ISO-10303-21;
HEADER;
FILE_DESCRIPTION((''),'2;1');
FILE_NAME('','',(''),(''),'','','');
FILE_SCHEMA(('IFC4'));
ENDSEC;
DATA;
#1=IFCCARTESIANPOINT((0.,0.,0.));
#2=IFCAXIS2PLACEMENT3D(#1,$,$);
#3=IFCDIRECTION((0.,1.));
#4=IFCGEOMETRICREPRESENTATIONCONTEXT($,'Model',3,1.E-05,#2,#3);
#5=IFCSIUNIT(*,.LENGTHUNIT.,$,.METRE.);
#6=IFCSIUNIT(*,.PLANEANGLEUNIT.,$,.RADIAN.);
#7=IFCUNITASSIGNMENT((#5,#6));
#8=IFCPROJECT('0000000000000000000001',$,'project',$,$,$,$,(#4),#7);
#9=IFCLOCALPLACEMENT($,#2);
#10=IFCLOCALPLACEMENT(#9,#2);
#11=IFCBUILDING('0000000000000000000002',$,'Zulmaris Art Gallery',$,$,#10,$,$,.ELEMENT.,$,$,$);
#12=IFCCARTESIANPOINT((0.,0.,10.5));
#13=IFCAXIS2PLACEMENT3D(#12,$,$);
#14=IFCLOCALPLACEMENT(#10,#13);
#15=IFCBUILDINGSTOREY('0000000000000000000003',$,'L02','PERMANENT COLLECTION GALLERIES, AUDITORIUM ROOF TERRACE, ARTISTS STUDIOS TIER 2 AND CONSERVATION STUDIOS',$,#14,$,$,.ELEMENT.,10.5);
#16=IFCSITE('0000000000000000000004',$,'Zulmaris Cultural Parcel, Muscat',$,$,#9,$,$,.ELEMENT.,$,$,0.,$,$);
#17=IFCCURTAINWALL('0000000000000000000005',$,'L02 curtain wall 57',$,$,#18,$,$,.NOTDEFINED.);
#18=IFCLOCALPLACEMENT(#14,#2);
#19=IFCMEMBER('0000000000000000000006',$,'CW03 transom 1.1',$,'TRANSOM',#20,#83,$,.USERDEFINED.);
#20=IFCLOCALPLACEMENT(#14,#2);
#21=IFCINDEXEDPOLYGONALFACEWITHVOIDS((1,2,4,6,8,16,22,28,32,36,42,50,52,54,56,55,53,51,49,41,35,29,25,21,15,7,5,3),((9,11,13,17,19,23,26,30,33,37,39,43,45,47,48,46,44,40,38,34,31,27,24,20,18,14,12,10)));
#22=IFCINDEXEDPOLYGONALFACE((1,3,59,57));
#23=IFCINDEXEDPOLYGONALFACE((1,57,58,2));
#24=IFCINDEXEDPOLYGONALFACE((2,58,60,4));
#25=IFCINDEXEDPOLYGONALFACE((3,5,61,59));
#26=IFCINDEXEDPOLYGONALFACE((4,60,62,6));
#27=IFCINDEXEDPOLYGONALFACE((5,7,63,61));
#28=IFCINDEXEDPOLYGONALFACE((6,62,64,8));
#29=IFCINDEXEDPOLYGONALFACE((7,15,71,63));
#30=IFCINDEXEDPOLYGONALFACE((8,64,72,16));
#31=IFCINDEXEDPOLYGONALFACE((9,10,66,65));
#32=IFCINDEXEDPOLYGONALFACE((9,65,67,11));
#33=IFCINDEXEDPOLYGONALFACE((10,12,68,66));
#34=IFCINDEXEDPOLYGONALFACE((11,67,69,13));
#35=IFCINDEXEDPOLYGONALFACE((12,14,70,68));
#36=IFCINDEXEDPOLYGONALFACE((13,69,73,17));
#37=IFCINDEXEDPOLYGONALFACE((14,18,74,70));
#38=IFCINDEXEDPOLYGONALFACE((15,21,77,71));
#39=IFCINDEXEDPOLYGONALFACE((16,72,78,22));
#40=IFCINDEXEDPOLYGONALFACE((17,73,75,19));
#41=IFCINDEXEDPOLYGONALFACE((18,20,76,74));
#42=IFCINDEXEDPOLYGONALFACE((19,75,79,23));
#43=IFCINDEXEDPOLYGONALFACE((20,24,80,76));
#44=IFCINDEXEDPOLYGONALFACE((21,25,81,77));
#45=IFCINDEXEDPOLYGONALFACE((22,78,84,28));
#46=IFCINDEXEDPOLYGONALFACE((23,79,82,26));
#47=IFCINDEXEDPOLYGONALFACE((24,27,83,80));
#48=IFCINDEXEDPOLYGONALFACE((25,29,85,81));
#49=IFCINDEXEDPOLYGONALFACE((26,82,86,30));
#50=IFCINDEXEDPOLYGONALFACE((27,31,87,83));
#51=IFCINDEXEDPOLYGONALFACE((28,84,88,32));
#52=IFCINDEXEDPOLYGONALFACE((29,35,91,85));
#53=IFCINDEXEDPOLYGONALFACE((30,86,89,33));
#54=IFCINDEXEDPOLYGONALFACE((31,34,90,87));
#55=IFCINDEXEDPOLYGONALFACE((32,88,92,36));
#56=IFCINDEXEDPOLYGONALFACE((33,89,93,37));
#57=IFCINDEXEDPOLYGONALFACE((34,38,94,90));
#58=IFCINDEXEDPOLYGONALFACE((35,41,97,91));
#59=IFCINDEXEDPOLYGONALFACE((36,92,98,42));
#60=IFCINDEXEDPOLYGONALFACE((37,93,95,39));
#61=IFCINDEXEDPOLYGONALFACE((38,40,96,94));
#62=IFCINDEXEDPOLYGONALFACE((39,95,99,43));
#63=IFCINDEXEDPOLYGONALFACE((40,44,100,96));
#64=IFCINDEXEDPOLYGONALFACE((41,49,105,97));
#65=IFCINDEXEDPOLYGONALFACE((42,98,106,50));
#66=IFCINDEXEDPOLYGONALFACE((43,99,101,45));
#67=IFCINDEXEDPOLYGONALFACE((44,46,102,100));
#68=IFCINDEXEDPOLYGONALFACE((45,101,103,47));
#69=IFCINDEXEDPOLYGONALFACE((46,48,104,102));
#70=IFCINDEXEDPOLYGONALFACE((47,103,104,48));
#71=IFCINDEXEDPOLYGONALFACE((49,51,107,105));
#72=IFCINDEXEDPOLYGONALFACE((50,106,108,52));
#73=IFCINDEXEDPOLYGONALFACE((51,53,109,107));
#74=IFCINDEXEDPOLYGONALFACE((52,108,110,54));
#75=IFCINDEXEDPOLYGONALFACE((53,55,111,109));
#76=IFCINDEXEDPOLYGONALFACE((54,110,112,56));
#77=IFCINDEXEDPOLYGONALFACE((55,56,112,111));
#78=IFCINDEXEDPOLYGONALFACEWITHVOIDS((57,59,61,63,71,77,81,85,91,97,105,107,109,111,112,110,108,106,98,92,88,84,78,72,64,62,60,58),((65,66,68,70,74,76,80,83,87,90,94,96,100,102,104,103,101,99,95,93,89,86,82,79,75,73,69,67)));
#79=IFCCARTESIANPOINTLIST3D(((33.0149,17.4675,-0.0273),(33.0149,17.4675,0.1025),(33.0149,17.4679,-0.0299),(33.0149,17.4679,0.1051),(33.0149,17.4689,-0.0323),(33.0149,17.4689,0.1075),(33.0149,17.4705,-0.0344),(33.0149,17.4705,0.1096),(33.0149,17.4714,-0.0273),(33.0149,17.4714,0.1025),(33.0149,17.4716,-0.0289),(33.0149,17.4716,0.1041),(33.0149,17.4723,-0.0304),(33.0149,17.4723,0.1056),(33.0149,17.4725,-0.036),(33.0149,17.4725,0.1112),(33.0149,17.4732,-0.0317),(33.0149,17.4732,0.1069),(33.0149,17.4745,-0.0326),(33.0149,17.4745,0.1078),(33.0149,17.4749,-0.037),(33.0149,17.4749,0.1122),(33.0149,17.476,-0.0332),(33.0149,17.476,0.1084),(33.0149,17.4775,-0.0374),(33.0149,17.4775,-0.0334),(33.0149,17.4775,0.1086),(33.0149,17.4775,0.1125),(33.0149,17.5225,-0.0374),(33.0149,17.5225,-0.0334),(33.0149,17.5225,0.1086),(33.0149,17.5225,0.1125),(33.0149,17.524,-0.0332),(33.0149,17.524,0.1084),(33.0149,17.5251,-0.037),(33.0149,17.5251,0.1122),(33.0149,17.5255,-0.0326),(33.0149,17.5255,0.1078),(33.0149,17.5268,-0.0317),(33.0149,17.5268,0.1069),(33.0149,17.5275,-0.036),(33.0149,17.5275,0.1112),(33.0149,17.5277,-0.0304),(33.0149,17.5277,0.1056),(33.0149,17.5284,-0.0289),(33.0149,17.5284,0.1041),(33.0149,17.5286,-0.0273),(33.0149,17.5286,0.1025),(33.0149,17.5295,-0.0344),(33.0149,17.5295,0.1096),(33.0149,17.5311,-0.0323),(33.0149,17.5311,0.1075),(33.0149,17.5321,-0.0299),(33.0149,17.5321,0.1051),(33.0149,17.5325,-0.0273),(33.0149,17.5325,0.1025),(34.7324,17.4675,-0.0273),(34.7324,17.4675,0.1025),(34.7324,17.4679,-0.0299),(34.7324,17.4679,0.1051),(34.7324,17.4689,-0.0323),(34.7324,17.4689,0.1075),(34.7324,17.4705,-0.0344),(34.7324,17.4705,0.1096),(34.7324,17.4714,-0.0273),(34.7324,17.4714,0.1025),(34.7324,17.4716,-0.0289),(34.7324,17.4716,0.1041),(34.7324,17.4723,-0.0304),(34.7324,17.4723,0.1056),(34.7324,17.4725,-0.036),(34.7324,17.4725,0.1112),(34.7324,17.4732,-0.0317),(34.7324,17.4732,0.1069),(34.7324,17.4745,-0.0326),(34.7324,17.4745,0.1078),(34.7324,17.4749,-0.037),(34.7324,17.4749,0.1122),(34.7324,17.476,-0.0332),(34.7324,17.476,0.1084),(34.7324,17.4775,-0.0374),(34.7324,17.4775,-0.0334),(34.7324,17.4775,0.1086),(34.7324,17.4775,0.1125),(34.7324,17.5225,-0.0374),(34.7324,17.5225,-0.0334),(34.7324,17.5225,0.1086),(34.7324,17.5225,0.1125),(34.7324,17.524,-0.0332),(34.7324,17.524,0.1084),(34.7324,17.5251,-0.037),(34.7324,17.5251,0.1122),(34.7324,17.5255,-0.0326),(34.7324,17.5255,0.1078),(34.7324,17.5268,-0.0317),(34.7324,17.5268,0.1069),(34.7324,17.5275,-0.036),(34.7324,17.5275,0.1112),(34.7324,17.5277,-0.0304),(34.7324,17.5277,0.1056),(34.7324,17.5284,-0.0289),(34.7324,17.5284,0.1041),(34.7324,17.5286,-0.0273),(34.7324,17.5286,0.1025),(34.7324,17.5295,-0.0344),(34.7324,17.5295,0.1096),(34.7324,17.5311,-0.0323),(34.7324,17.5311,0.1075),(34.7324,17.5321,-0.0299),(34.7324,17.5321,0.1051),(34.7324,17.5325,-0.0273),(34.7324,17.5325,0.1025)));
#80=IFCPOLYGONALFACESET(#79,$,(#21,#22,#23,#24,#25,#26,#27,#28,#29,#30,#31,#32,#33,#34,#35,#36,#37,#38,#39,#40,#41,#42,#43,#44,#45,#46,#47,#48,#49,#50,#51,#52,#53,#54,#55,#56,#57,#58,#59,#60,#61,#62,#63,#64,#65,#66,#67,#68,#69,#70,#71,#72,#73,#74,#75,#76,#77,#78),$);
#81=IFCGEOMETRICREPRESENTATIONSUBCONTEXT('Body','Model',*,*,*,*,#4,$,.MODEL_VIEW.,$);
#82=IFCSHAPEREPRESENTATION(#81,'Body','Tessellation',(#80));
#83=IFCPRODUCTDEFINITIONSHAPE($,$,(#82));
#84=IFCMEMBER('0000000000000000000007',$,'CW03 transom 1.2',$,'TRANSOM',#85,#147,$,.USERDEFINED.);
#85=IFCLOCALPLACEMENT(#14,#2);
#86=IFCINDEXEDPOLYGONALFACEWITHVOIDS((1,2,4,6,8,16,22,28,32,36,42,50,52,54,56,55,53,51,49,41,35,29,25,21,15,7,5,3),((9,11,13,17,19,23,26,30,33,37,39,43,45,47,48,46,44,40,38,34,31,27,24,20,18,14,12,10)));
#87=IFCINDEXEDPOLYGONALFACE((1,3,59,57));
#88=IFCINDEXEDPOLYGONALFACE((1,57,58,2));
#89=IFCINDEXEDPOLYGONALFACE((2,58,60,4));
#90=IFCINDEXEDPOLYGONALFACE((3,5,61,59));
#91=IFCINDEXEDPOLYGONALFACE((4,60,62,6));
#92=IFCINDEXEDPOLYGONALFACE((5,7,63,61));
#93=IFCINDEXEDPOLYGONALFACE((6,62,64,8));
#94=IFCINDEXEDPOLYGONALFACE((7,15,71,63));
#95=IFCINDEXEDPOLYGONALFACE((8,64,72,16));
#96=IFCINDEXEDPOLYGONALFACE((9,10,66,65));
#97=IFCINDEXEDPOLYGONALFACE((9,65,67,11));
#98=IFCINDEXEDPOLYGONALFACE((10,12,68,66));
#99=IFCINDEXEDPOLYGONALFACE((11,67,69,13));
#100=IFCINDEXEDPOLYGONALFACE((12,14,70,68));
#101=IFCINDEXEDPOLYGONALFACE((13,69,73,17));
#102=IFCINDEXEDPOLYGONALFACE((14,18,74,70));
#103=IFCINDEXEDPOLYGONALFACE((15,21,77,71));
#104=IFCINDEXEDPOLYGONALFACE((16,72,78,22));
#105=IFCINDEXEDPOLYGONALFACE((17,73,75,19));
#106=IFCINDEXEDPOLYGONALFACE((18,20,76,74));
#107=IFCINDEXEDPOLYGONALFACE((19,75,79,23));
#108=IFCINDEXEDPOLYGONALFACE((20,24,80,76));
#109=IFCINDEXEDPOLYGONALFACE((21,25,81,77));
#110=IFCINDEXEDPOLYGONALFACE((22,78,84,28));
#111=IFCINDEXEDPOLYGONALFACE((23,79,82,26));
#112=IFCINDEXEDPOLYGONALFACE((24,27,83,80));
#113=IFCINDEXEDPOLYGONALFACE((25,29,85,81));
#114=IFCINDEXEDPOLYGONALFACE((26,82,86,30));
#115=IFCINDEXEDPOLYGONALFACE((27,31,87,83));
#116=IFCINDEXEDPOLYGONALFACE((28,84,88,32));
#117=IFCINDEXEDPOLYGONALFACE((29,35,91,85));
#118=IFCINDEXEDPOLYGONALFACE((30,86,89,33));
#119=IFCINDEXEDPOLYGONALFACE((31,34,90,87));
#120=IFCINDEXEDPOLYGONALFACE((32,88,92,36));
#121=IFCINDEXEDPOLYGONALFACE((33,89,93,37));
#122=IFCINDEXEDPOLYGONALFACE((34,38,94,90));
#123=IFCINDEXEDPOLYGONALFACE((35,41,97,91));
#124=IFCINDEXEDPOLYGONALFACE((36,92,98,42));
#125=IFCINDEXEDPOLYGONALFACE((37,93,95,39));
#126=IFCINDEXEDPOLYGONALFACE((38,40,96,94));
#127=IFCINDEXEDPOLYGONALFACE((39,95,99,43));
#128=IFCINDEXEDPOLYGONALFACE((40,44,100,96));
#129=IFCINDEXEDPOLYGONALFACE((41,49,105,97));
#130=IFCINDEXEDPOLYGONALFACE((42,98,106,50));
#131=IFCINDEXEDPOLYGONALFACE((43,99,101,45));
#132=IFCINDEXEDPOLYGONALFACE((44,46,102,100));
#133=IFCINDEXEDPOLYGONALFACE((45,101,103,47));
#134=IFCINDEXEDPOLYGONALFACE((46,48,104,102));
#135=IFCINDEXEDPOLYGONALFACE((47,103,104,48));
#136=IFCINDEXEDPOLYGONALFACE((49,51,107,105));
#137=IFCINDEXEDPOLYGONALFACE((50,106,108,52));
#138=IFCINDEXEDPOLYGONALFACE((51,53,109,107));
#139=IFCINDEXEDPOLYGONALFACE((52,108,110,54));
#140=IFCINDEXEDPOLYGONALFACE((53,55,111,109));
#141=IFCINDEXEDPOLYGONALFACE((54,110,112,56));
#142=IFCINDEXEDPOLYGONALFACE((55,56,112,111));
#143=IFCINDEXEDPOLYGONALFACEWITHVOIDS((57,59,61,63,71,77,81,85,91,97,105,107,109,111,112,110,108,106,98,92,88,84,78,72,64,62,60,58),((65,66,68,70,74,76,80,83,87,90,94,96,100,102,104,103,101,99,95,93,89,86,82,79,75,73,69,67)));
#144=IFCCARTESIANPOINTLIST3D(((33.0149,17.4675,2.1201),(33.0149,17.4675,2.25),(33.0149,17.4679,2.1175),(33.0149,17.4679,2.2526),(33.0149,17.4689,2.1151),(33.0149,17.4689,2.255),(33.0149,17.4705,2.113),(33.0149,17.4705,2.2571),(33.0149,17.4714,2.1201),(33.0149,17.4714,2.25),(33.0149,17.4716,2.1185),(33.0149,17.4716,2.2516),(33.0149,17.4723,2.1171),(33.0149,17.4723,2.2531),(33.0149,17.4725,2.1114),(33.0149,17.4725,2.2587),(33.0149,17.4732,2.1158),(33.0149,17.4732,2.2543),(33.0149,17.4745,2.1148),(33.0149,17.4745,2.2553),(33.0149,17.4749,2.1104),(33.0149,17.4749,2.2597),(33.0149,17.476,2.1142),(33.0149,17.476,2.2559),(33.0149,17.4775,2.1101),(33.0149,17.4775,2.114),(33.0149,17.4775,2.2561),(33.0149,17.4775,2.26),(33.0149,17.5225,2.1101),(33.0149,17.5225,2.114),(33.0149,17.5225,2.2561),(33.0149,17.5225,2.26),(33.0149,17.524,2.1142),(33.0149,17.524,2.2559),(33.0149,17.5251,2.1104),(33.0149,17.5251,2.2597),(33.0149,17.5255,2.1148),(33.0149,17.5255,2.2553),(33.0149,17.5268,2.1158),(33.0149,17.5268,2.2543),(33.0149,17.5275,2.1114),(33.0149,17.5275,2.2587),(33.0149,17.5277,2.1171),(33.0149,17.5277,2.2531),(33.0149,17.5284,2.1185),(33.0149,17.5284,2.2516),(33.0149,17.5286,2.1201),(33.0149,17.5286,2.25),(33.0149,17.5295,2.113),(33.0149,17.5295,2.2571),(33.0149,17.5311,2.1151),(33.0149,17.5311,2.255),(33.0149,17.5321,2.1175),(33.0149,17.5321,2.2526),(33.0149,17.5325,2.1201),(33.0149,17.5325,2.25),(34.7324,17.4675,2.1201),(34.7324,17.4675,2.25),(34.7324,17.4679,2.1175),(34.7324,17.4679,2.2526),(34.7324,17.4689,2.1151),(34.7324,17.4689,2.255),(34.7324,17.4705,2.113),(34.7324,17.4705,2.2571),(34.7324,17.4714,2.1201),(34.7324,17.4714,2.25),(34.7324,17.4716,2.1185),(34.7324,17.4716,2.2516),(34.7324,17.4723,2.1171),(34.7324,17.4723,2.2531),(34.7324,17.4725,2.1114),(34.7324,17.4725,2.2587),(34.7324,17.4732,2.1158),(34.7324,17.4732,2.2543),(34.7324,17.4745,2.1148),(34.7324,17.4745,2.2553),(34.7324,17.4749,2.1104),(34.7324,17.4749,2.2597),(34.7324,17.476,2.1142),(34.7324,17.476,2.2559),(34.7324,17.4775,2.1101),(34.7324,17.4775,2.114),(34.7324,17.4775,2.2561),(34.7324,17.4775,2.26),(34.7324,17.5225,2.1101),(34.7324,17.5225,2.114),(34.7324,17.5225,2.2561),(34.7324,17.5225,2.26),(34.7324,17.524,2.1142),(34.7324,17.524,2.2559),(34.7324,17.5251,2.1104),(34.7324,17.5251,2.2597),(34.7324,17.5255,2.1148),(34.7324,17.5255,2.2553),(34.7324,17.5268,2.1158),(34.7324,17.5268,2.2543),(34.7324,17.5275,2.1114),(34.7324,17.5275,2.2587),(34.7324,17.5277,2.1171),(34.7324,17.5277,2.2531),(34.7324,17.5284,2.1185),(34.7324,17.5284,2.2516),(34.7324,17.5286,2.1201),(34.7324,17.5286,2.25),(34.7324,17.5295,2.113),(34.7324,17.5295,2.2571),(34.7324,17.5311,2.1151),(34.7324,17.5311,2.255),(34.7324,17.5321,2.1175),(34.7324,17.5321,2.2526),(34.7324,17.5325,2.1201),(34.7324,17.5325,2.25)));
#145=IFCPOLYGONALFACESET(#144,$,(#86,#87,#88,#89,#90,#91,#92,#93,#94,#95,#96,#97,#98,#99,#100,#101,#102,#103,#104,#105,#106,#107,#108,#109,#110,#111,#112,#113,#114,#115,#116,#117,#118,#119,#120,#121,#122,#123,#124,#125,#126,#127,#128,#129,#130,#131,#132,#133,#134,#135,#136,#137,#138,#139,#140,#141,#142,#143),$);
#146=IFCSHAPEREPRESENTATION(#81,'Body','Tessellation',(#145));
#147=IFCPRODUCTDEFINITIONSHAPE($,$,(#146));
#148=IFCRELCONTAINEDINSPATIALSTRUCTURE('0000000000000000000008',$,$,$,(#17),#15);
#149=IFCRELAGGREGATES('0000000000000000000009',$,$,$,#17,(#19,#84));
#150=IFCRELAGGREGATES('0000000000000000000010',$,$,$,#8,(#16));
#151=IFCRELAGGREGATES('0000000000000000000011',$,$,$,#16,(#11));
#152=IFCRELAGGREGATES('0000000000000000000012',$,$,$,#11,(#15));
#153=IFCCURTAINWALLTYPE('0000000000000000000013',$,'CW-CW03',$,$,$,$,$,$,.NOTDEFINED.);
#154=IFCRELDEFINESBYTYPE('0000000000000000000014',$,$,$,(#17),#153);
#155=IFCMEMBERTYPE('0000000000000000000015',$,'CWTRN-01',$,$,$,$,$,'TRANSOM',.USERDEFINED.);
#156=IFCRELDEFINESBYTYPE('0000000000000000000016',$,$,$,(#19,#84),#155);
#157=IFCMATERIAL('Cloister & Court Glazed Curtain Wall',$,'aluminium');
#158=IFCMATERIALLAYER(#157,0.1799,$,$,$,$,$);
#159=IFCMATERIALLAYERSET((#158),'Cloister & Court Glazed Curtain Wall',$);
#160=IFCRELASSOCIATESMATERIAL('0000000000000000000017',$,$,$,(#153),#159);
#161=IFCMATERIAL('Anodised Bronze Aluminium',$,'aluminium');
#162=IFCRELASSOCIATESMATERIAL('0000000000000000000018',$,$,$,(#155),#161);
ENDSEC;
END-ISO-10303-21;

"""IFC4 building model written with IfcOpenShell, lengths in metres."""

from ifc_helpers import new_model, si_unit, direction, frame, origin, origin_2d, place, context, subcontext, project, spatial, hollow_rectangle, extrude, material, layer, layer_set, material_profile, profile_set, type_object, element, aggregate, save


model = new_model("IFC4")

# Units and contexts
model_context = context("Model", 3, precision=1e-05, world=origin(), true_north=direction((0.0, 1.0)))
body_context = subcontext(model_context, "Body", "Model", "MODEL_VIEW")
ifc_project = project(units=[si_unit("LENGTHUNIT", "METRE"), si_unit("PLANEANGLEUNIT", "RADIAN")], contexts=[model_context])

# Site, building, storey
site_placement = place(None, origin())
site = spatial("IfcSite", under=ifc_project, at=site_placement, Name="Zulmaris Cultural Parcel, Muscat", CompositionType="ELEMENT", RefElevation=0.0)
building_placement = place(site_placement, origin())
building = spatial("IfcBuilding", under=site, at=building_placement, Name="Zulmaris Art Gallery", CompositionType="ELEMENT")
storey_placement = place(building_placement, frame((0.0, 0.0, 10.5)))
storey = spatial("IfcBuildingStorey", under=building, at=storey_placement, Name="L02", Description="PERMANENT COLLECTION GALLERIES, AUDITORIUM ROOF TERRACE, ARTISTS STUDIOS TIER 2 AND CONSERVATION STUDIOS", CompositionType="ELEMENT", Elevation=10.5)

# Curtain wall, members
ifc_material_1 = material(Name="Cloister & Court Glazed Curtain Wall", Category="aluminium")
ifc_layer_1 = layer(ifc_material_1, 0.1799)
ifc_layer_set_1 = layer_set([ifc_layer_1], Name="Cloister & Court Glazed Curtain Wall")
curtain_wall_type = type_object("IfcCurtainWallType", Name="CW-CW03", PredefinedType="NOTDEFINED", material=ifc_layer_set_1)
curtain_wall_placement = place(storey_placement, origin())
curtain_wall = element("IfcCurtainWall", 1, at=curtain_wall_placement, inside=storey, type_object=curtain_wall_type, Name="L02 curtain wall 57", PredefinedType="NOTDEFINED")
ifc_material_2 = material(Name="Anodised Bronze Aluminium", Category="aluminium")
ifc_material_profile_1 = material_profile(ifc_material_2, hollow_rectangle(XDim=0.0649, YDim=0.1499, WallThickness=0.0039, InnerFilletRadius=0.0061, OuterFilletRadius=0.01, at=origin_2d()), Name="ALU 65x150x4")
ifc_profile_set_1 = profile_set([ifc_material_profile_1], Name="Anodised Bronze Aluminium")
member_type_1 = type_object("IfcMemberType", Name="CWTRN-01", ElementType="TRANSOM", PredefinedType="USERDEFINED", material=ifc_profile_set_1)
member_1_placement = place(storey_placement, frame((33.0149, 17.5, 0.0376), z_axis=(1.0, 0.0, 0.0), x_axis=(0.0, 1.0, 0.0)))
member_1 = element("IfcMember", 2, at=member_1_placement, type_object=member_type_1, Name="CW03 transom 1.1", ObjectType="TRANSOM", PredefinedType="USERDEFINED", context=body_context, shape_type="SweptSolid", body=[
    extrude(hollow_rectangle(XDim=0.0649, YDim=0.1499, WallThickness=0.0039, InnerFilletRadius=0.0061, OuterFilletRadius=0.01, at=origin_2d()), origin(), (0.0, 0.0, 1.0), 1.7175),
])
member_2_placement = place(storey_placement, frame((33.0149, 17.5, 2.1851), z_axis=(1.0, 0.0, 0.0), x_axis=(0.0, 1.0, 0.0)))
member_2 = element("IfcMember", 3, at=member_2_placement, type_object=member_type_1, Name="CW03 transom 1.2", ObjectType="TRANSOM", PredefinedType="USERDEFINED", context=body_context, shape_type="SweptSolid", body=[
    extrude(hollow_rectangle(XDim=0.0649, YDim=0.1499, WallThickness=0.0039, InnerFilletRadius=0.0061, OuterFilletRadius=0.01, at=origin_2d()), origin(), (0.0, 0.0, 1.0), 1.7175),
])
aggregate(curtain_wall, [member_1, member_2])

save(model, "model.ifc")
